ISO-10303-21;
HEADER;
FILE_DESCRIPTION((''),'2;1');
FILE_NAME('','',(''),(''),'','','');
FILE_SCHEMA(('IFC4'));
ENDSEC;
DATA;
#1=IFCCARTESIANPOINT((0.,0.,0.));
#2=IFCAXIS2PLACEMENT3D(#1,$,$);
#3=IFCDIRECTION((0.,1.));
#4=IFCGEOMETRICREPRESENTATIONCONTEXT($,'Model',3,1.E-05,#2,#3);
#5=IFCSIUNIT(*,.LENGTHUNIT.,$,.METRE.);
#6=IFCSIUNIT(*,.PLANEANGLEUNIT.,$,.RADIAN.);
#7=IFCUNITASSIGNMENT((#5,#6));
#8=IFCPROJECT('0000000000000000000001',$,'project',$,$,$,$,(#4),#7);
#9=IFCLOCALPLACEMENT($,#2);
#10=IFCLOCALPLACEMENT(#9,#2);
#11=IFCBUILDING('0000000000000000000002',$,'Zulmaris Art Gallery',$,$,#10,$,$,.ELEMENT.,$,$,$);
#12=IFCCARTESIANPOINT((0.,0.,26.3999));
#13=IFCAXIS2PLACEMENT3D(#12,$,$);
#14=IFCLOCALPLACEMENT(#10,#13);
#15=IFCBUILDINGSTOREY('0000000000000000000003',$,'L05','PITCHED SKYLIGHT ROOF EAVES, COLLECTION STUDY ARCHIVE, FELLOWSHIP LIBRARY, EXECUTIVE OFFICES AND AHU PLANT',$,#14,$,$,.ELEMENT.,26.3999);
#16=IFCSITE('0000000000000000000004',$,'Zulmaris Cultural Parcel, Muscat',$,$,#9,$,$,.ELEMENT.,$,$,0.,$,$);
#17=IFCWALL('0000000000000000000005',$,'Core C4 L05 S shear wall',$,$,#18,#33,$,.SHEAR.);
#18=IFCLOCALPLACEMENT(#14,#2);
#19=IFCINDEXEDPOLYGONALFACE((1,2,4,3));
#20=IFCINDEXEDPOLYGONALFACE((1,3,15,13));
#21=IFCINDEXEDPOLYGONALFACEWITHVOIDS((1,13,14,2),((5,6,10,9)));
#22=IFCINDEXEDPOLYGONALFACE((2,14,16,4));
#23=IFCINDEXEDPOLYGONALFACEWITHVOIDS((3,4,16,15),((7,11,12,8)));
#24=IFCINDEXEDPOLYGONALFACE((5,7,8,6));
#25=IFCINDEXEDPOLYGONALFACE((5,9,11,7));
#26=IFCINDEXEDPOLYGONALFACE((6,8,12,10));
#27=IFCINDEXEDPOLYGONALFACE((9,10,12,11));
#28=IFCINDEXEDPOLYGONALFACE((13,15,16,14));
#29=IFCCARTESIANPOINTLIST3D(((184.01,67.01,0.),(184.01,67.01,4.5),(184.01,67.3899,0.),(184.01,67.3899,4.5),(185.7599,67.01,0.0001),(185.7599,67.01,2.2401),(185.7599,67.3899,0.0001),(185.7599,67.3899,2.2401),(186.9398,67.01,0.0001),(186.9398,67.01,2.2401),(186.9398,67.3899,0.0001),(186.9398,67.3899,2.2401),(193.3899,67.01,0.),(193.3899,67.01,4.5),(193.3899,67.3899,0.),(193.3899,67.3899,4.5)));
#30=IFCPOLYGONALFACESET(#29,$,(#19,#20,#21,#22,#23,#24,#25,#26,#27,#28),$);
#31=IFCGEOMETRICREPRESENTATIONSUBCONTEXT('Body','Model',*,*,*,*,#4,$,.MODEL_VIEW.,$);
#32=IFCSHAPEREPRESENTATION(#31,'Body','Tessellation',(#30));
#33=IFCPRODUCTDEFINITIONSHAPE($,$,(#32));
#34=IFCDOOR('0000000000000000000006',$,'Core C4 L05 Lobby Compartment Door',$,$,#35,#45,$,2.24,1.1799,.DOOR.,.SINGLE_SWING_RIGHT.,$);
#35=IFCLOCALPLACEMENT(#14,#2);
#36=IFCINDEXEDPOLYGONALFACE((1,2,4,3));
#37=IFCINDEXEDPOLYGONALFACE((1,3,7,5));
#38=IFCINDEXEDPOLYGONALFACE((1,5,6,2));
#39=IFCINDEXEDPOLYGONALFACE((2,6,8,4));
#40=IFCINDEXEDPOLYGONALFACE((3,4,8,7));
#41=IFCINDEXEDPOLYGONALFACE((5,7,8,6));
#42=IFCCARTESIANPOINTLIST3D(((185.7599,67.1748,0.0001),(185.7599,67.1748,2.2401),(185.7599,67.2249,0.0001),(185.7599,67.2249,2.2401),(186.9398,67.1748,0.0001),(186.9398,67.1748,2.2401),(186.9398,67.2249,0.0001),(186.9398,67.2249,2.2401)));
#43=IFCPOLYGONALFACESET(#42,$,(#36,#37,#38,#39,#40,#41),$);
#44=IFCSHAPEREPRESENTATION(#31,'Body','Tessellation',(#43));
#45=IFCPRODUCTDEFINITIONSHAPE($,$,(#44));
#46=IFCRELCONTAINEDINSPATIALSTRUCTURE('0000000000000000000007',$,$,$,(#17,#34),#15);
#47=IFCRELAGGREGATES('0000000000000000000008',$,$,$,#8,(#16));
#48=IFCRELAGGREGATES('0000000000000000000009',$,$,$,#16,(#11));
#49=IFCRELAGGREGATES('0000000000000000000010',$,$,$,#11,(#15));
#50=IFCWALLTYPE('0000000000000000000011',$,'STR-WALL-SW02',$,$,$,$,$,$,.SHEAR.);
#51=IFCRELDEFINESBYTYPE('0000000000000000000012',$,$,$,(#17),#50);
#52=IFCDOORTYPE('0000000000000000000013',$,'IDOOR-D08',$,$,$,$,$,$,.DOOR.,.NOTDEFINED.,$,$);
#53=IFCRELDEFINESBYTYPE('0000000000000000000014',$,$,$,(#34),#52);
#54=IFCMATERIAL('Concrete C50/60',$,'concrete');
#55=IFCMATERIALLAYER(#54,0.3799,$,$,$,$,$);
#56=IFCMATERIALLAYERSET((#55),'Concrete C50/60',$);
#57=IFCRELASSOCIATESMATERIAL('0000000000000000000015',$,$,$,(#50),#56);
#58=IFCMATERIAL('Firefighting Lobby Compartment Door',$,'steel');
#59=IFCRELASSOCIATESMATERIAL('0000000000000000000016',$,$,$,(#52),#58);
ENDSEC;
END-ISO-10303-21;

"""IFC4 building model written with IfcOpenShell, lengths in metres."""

from ifc_helpers import new_model, si_unit, direction, frame, frame_2d, origin, place, context, subcontext, project, spatial, rectangle, extrude, material, layer, layer_set, type_object, element, fill, save


model = new_model("IFC4")

# Units and contexts
model_context = context("Model", 3, precision=1e-05, world=origin(), true_north=direction((0.0, 1.0)))
body_context = subcontext(model_context, "Body", "Model", "MODEL_VIEW")
ifc_project = project(units=[si_unit("LENGTHUNIT", "METRE"), si_unit("PLANEANGLEUNIT", "RADIAN")], contexts=[model_context])

# Site, building, storey
site_placement = place(None, origin())
site = spatial("IfcSite", under=ifc_project, at=site_placement, Name="Zulmaris Cultural Parcel, Muscat", CompositionType="ELEMENT", RefElevation=0.0)
building_placement = place(site_placement, origin())
building = spatial("IfcBuilding", under=site, at=building_placement, Name="Zulmaris Art Gallery", CompositionType="ELEMENT")
storey_placement = place(building_placement, frame((0.0, 0.0, 26.3999)))
storey = spatial("IfcBuildingStorey", under=building, at=storey_placement, Name="L05", Description="PITCHED SKYLIGHT ROOF EAVES, COLLECTION STUDY ARCHIVE, FELLOWSHIP LIBRARY, EXECUTIVE OFFICES AND AHU PLANT", CompositionType="ELEMENT", Elevation=26.3999)

# Wall, opening, door
ifc_material_1 = material(Name="Concrete C50/60", Category="concrete")
ifc_layer_1 = layer(ifc_material_1, 0.3799)
ifc_layer_set_1 = layer_set([ifc_layer_1], Name="Concrete C50/60")
wall_type_1 = type_object("IfcWallType", Name="STR-WALL-SW02", PredefinedType="SHEAR", material=ifc_layer_set_1)
wall_1_placement = place(storey_placement, frame((184.01, 67.2, 0.0), z_axis=(0.0, 0.0, 1.0), x_axis=(1.0, 0.0, 0.0)))
wall_1 = element("IfcWall", 1, at=wall_1_placement, inside=storey, type_object=wall_type_1, Name="Core C4 L05 S shear wall", PredefinedType="SHEAR", context=body_context, shape_type="SweptSolid", body=[
    extrude(rectangle(XDim=9.3799, YDim=0.3799, at=frame_2d((4.6899, 0.0))), origin(), (0.0, 0.0, 1.0), 4.5),
])
opening_1_placement = place(wall_1_placement, frame((1.75, 0.0, 0.0)))
opening_1 = element("IfcOpeningElement", 2, at=opening_1_placement, cuts=wall_1, PredefinedType="OPENING", context=body_context, shape_type="SweptSolid", body=[
    extrude(rectangle(XDim=1.1799, YDim=2.24, at=frame_2d((0.5898, 1.1201))), frame((0.0, 0.2, 0.0), z_axis=(0.0, -1.0, 0.0), x_axis=(1.0, 0.0, 0.0)), (0.0, 0.0, 1.0), 0.3999),
])
ifc_material_2 = material(Name="Firefighting Lobby Compartment Door", Category="steel")
door_type_1 = type_object("IfcDoorType", Name="IDOOR-D08", OperationType="NOTDEFINED", PredefinedType="DOOR", material=ifc_material_2)
door_1_placement = place(opening_1_placement, origin())
door_1 = element("IfcDoor", 3, at=door_1_placement, inside=storey, type_object=door_type_1, Name="Core C4 L05 Lobby Compartment Door", OperationType="SINGLE_SWING_RIGHT", OverallHeight=2.24, OverallWidth=1.1799, PredefinedType="DOOR", context=body_context, shape_type="SweptSolid", body=[
    extrude(rectangle(XDim=1.1799, YDim=2.24, at=frame_2d((0.5898, 1.1201))), frame((0.0, 0.0249, 0.0), z_axis=(0.0, -1.0, 0.0), x_axis=(1.0, 0.0, 0.0)), (0.0, 0.0, 1.0), 0.05),
])
fill(opening_1, door_1)

save(model, "model.ifc")
